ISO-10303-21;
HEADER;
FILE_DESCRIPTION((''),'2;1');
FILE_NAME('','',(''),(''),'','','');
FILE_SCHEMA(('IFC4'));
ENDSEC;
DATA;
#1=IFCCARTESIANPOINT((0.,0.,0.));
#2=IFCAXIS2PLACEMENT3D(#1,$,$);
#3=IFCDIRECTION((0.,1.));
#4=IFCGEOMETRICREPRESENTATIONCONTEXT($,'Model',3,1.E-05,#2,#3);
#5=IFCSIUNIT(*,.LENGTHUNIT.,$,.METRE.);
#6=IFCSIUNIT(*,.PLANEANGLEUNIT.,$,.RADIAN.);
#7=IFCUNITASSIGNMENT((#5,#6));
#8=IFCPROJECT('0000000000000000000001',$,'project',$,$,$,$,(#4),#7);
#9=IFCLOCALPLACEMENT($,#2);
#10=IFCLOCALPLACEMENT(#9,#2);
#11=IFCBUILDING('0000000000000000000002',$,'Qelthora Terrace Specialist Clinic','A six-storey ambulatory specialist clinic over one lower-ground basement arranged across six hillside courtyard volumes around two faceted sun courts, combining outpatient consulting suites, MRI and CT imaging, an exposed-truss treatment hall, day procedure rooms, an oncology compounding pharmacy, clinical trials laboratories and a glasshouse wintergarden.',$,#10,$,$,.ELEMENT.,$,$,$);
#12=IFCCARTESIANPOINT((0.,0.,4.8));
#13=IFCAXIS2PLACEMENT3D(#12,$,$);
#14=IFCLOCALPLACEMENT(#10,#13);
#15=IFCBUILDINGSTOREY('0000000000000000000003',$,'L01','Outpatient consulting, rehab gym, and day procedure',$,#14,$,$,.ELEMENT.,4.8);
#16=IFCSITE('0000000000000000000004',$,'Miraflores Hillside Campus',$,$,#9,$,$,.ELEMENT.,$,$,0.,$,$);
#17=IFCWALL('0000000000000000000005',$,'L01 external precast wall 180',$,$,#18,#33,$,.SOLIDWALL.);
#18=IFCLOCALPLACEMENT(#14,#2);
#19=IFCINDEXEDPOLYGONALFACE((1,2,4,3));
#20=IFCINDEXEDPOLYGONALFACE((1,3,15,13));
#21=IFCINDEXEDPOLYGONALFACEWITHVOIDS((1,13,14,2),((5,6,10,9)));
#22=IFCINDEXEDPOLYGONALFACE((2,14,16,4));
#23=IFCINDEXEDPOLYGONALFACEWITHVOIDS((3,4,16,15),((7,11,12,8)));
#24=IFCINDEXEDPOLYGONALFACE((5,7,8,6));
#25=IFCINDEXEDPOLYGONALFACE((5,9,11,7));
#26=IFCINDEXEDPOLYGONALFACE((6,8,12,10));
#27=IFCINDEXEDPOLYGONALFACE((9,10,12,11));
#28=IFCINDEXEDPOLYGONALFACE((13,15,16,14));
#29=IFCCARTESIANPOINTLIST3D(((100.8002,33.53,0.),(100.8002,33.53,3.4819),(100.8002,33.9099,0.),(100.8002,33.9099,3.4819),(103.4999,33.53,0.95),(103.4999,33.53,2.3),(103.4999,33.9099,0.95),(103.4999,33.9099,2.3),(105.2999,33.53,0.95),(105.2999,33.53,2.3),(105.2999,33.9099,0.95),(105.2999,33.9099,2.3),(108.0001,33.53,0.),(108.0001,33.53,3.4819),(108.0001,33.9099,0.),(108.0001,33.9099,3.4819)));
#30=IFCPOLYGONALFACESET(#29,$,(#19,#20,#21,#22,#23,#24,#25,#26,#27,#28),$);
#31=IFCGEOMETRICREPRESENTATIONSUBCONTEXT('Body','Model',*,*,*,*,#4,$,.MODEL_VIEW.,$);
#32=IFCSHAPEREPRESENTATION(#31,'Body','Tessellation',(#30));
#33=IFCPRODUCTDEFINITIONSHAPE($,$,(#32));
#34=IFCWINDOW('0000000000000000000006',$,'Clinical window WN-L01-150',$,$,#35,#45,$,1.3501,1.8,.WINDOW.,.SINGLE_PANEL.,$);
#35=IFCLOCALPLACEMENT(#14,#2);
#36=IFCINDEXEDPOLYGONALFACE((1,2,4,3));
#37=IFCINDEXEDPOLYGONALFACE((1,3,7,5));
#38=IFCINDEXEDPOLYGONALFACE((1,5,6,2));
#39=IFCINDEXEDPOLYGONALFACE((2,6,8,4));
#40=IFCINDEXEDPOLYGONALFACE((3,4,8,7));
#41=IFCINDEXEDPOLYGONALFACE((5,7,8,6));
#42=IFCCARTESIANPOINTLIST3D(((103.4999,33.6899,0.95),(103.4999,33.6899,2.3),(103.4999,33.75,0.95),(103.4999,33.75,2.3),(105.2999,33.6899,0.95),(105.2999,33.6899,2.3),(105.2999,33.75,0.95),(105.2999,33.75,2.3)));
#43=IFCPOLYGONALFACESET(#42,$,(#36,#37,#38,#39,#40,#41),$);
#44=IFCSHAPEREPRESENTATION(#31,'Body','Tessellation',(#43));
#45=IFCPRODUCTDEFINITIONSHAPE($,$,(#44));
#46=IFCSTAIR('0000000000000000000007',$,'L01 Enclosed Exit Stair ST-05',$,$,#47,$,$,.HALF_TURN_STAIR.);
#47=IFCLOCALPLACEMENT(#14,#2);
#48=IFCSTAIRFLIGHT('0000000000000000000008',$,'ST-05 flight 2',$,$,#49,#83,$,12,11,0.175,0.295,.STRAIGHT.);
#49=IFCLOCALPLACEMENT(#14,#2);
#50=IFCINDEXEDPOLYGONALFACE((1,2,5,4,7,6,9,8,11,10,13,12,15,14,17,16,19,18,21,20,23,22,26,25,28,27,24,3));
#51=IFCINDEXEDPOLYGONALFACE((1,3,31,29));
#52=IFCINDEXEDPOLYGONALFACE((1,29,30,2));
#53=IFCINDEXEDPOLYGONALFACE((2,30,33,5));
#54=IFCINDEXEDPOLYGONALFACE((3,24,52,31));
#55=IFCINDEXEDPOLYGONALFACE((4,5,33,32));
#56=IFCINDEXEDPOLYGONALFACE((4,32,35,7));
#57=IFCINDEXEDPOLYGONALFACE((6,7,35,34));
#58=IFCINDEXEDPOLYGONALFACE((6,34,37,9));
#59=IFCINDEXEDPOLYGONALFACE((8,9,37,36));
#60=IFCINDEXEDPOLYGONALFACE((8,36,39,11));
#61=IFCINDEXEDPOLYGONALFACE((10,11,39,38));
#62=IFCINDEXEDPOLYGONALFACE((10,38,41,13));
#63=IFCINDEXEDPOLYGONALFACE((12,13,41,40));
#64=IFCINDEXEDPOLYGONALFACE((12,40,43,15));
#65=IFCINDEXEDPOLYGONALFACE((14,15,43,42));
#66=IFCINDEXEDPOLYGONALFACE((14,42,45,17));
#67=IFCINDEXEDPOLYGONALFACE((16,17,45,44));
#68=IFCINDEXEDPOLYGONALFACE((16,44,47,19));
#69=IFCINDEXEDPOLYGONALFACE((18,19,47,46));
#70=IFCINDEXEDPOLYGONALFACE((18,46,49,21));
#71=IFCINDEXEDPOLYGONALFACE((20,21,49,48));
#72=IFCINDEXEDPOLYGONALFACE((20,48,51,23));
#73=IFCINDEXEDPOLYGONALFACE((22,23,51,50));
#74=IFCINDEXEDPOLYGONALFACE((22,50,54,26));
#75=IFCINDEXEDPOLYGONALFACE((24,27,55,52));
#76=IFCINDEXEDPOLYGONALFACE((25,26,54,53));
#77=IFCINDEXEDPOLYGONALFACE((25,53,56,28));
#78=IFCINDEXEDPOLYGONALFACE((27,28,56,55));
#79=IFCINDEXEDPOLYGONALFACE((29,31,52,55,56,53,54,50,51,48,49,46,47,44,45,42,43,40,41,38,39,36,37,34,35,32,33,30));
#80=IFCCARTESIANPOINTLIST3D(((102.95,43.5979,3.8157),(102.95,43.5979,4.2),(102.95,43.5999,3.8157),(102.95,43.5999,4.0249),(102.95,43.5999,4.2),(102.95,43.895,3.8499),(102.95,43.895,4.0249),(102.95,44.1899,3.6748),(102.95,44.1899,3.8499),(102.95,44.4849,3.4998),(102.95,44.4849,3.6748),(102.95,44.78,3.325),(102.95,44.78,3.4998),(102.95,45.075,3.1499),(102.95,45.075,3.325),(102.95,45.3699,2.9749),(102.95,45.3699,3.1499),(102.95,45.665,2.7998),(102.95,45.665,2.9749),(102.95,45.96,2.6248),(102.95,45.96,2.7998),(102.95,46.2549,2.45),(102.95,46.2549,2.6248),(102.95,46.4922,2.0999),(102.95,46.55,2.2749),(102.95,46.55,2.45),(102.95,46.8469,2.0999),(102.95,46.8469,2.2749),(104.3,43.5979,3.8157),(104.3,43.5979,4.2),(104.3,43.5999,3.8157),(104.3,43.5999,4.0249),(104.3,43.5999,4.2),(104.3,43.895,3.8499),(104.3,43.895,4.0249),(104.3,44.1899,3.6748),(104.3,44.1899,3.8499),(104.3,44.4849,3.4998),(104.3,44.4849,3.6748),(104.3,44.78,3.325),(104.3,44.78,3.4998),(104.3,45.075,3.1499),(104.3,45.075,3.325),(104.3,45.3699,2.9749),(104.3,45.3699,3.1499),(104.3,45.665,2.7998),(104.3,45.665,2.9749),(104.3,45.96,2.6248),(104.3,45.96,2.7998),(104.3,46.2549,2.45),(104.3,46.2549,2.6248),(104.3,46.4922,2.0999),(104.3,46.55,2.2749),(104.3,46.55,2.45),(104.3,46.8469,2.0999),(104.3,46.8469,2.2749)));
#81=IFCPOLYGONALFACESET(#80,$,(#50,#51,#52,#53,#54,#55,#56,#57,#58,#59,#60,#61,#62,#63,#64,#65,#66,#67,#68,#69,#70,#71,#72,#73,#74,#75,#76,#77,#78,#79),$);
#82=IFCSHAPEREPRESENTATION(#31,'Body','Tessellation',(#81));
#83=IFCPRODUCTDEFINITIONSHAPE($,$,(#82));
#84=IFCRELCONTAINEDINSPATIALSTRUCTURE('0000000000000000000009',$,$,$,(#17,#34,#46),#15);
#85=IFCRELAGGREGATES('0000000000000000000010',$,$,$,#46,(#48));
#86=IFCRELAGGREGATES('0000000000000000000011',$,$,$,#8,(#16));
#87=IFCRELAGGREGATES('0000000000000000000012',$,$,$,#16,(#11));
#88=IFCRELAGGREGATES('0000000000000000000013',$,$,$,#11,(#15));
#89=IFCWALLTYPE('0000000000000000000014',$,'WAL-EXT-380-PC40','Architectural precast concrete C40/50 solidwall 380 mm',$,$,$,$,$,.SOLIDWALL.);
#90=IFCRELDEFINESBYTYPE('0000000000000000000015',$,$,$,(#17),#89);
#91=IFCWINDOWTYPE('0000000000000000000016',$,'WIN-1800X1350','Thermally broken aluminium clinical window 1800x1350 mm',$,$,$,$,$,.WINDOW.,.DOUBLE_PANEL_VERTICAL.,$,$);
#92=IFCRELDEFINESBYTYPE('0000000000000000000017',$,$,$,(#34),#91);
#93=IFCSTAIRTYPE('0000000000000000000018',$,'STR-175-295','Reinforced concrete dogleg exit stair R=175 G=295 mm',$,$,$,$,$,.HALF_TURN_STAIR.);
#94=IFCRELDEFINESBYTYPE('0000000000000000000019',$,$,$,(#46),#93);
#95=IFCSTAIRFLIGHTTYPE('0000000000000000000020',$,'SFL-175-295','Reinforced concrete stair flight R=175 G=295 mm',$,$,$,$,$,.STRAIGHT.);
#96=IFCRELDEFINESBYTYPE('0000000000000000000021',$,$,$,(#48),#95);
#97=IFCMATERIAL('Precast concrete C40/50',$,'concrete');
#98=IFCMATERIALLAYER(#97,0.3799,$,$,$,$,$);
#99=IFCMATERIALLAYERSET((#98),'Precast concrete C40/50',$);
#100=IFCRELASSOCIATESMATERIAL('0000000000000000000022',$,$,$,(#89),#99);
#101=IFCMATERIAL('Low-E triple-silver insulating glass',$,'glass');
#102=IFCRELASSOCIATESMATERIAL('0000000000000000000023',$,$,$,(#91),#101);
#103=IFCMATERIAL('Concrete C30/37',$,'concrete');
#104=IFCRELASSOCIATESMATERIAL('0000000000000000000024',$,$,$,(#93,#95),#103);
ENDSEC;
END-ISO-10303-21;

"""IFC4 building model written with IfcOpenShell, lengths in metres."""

from ifc_helpers import new_model, si_unit, direction, frame, frame_2d, origin, place, context, subcontext, project, spatial, polyline, rectangle, outline, extrude, material, layer, layer_set, type_object, element, fill, aggregate, save


model = new_model("IFC4")

# Units and contexts
model_context = context("Model", 3, precision=1e-05, world=origin(), true_north=direction((0.0, 1.0)))
body_context = subcontext(model_context, "Body", "Model", "MODEL_VIEW")
ifc_project = project(units=[si_unit("LENGTHUNIT", "METRE"), si_unit("PLANEANGLEUNIT", "RADIAN")], contexts=[model_context])

# Site, building, storey
site_placement = place(None, origin())
site = spatial("IfcSite", under=ifc_project, at=site_placement, Name="Miraflores Hillside Campus", CompositionType="ELEMENT", RefElevation=0.0)
building_placement = place(site_placement, origin())
building = spatial("IfcBuilding", under=site, at=building_placement, Name="Qelthora Terrace Specialist Clinic", Description="A six-storey ambulatory specialist clinic over one lower-ground basement arranged across six hillside courtyard volumes around two faceted sun courts, combining outpatient consulting suites, MRI and CT imaging, an exposed-truss treatment hall, day procedure rooms, an oncology compounding pharmacy, clinical trials laboratories and a glasshouse wintergarden.", CompositionType="ELEMENT")
storey_placement = place(building_placement, frame((0.0, 0.0, 4.8)))
storey = spatial("IfcBuildingStorey", under=building, at=storey_placement, Name="L01", Description="Outpatient consulting, rehab gym, and day procedure", CompositionType="ELEMENT", Elevation=4.8)

# Shared definitions
ifc_material_1 = material(Name="Precast concrete C40/50", Category="concrete")
ifc_material_2 = material(Name="Low-E triple-silver insulating glass", Category="glass")

# Wall, opening, window
ifc_layer_1 = layer(ifc_material_1, 0.3799)
ifc_layer_set_1 = layer_set([ifc_layer_1], Name="Precast concrete C40/50")
wall_type_1 = type_object("IfcWallType", Name="WAL-EXT-380-PC40", Description="Architectural precast concrete C40/50 solidwall 380 mm", PredefinedType="SOLIDWALL", material=ifc_layer_set_1)
wall_1_placement = place(storey_placement, frame((100.8, 33.72, 0.0), z_axis=(0.0, 0.0, 1.0), x_axis=(1.0, 0.0, 0.0)))
wall_1 = element("IfcWall", 1, at=wall_1_placement, inside=storey, type_object=wall_type_1, Name="L01 external precast wall 180", PredefinedType="SOLIDWALL", context=body_context, shape_type="SweptSolid", body=[
    extrude(rectangle(XDim=7.2, YDim=0.3799, at=frame_2d((3.6001, 0.0))), origin(), (0.0, 0.0, 1.0), 3.4819),
])
opening_1_placement = place(wall_1_placement, frame((2.7, 0.0, 0.95)))
opening_1 = element("IfcOpeningElement", 2, at=opening_1_placement, cuts=wall_1, PredefinedType="OPENING", context=body_context, shape_type="SweptSolid", body=[
    extrude(rectangle(XDim=1.8, YDim=1.3501, at=frame_2d((0.8999, 0.675))), frame((0.0, 0.2, 0.0), z_axis=(0.0, -1.0, 0.0), x_axis=(1.0, 0.0, 0.0)), (0.0, 0.0, 1.0), 0.3999),
])
window_type_1 = type_object("IfcWindowType", Name="WIN-1800X1350", Description="Thermally broken aluminium clinical window 1800x1350 mm", PartitioningType="DOUBLE_PANEL_VERTICAL", PredefinedType="WINDOW", material=ifc_material_2)
window_1_placement = place(opening_1_placement, origin())
window_1 = element("IfcWindow", 3, at=window_1_placement, inside=storey, type_object=window_type_1, Name="Clinical window WN-L01-150", OverallHeight=1.3501, OverallWidth=1.8, PartitioningType="SINGLE_PANEL", PredefinedType="WINDOW", context=body_context, shape_type="SweptSolid", body=[
    extrude(rectangle(XDim=1.8, YDim=1.3501, at=frame_2d((0.8999, 0.675))), frame((0.0, 0.03, 0.0), z_axis=(0.0, -1.0, 0.0), x_axis=(1.0, 0.0, 0.0)), (0.0, 0.0, 1.0), 0.0601),
])
fill(opening_1, window_1)

# Stair, stair flight
ifc_material_3 = material(Name="Concrete C30/37", Category="concrete")
stair_type = type_object("IfcStairType", Name="STR-175-295", Description="Reinforced concrete dogleg exit stair R=175 G=295 mm", PredefinedType="HALF_TURN_STAIR", material=ifc_material_3)
stair_placement = place(storey_placement, origin())
stair = element("IfcStair", 4, at=stair_placement, inside=storey, type_object=stair_type, Name="L01 Enclosed Exit Stair ST-05", PredefinedType="HALF_TURN_STAIR")
stair_flight_type = type_object("IfcStairFlightType", Name="SFL-175-295", Description="Reinforced concrete stair flight R=175 G=295 mm", PredefinedType="STRAIGHT", material=ifc_material_3)
stair_flight_placement = place(storey_placement, frame((103.625, 46.845, 2.0999), z_axis=(0.0, 0.0, 1.0), x_axis=(0.0, -1.0, 0.0)))
stair_flight = element("IfcStairFlight", 5, at=stair_flight_placement, type_object=stair_flight_type, Name="ST-05 flight 2", NumberOfRisers=12, NumberOfTreads=11, PredefinedType="STRAIGHT", RiserHeight=0.175, TreadLength=0.295, context=body_context, shape_type="SweptSolid", body=[
    extrude(outline(polyline([(-0.002, 0.0), (-0.002, 0.175), (0.2949, 0.175), (0.2949, 0.3501), (0.5901, 0.3501), (0.5901, 0.5249), (0.885, 0.5249), (0.885, 0.7), (1.1799, 0.7), (1.1799, 0.875), (1.4751, 0.875), (1.4751, 1.05), (1.77, 1.05), (1.77, 1.2251), (2.0649, 1.2251), (2.0649, 1.3999), (2.3601, 1.3999), (2.3601, 1.575), (2.655, 1.575), (2.655, 1.75), (2.95, 1.75), (2.95, 1.925), (3.2451, 1.925), (3.2451, 2.1001), (3.2471, 2.1001), (3.2471, 1.7158), (3.2451, 1.7158), (0.3528, 0.0), (-0.002, 0.0)])), frame((0.0, 0.675, 0.0), z_axis=(0.0, -1.0, 0.0), x_axis=(1.0, 0.0, 0.0)), (0.0, 0.0, 1.0), 1.3501),
])
aggregate(stair, [stair_flight])

save(model, "model.ifc")
